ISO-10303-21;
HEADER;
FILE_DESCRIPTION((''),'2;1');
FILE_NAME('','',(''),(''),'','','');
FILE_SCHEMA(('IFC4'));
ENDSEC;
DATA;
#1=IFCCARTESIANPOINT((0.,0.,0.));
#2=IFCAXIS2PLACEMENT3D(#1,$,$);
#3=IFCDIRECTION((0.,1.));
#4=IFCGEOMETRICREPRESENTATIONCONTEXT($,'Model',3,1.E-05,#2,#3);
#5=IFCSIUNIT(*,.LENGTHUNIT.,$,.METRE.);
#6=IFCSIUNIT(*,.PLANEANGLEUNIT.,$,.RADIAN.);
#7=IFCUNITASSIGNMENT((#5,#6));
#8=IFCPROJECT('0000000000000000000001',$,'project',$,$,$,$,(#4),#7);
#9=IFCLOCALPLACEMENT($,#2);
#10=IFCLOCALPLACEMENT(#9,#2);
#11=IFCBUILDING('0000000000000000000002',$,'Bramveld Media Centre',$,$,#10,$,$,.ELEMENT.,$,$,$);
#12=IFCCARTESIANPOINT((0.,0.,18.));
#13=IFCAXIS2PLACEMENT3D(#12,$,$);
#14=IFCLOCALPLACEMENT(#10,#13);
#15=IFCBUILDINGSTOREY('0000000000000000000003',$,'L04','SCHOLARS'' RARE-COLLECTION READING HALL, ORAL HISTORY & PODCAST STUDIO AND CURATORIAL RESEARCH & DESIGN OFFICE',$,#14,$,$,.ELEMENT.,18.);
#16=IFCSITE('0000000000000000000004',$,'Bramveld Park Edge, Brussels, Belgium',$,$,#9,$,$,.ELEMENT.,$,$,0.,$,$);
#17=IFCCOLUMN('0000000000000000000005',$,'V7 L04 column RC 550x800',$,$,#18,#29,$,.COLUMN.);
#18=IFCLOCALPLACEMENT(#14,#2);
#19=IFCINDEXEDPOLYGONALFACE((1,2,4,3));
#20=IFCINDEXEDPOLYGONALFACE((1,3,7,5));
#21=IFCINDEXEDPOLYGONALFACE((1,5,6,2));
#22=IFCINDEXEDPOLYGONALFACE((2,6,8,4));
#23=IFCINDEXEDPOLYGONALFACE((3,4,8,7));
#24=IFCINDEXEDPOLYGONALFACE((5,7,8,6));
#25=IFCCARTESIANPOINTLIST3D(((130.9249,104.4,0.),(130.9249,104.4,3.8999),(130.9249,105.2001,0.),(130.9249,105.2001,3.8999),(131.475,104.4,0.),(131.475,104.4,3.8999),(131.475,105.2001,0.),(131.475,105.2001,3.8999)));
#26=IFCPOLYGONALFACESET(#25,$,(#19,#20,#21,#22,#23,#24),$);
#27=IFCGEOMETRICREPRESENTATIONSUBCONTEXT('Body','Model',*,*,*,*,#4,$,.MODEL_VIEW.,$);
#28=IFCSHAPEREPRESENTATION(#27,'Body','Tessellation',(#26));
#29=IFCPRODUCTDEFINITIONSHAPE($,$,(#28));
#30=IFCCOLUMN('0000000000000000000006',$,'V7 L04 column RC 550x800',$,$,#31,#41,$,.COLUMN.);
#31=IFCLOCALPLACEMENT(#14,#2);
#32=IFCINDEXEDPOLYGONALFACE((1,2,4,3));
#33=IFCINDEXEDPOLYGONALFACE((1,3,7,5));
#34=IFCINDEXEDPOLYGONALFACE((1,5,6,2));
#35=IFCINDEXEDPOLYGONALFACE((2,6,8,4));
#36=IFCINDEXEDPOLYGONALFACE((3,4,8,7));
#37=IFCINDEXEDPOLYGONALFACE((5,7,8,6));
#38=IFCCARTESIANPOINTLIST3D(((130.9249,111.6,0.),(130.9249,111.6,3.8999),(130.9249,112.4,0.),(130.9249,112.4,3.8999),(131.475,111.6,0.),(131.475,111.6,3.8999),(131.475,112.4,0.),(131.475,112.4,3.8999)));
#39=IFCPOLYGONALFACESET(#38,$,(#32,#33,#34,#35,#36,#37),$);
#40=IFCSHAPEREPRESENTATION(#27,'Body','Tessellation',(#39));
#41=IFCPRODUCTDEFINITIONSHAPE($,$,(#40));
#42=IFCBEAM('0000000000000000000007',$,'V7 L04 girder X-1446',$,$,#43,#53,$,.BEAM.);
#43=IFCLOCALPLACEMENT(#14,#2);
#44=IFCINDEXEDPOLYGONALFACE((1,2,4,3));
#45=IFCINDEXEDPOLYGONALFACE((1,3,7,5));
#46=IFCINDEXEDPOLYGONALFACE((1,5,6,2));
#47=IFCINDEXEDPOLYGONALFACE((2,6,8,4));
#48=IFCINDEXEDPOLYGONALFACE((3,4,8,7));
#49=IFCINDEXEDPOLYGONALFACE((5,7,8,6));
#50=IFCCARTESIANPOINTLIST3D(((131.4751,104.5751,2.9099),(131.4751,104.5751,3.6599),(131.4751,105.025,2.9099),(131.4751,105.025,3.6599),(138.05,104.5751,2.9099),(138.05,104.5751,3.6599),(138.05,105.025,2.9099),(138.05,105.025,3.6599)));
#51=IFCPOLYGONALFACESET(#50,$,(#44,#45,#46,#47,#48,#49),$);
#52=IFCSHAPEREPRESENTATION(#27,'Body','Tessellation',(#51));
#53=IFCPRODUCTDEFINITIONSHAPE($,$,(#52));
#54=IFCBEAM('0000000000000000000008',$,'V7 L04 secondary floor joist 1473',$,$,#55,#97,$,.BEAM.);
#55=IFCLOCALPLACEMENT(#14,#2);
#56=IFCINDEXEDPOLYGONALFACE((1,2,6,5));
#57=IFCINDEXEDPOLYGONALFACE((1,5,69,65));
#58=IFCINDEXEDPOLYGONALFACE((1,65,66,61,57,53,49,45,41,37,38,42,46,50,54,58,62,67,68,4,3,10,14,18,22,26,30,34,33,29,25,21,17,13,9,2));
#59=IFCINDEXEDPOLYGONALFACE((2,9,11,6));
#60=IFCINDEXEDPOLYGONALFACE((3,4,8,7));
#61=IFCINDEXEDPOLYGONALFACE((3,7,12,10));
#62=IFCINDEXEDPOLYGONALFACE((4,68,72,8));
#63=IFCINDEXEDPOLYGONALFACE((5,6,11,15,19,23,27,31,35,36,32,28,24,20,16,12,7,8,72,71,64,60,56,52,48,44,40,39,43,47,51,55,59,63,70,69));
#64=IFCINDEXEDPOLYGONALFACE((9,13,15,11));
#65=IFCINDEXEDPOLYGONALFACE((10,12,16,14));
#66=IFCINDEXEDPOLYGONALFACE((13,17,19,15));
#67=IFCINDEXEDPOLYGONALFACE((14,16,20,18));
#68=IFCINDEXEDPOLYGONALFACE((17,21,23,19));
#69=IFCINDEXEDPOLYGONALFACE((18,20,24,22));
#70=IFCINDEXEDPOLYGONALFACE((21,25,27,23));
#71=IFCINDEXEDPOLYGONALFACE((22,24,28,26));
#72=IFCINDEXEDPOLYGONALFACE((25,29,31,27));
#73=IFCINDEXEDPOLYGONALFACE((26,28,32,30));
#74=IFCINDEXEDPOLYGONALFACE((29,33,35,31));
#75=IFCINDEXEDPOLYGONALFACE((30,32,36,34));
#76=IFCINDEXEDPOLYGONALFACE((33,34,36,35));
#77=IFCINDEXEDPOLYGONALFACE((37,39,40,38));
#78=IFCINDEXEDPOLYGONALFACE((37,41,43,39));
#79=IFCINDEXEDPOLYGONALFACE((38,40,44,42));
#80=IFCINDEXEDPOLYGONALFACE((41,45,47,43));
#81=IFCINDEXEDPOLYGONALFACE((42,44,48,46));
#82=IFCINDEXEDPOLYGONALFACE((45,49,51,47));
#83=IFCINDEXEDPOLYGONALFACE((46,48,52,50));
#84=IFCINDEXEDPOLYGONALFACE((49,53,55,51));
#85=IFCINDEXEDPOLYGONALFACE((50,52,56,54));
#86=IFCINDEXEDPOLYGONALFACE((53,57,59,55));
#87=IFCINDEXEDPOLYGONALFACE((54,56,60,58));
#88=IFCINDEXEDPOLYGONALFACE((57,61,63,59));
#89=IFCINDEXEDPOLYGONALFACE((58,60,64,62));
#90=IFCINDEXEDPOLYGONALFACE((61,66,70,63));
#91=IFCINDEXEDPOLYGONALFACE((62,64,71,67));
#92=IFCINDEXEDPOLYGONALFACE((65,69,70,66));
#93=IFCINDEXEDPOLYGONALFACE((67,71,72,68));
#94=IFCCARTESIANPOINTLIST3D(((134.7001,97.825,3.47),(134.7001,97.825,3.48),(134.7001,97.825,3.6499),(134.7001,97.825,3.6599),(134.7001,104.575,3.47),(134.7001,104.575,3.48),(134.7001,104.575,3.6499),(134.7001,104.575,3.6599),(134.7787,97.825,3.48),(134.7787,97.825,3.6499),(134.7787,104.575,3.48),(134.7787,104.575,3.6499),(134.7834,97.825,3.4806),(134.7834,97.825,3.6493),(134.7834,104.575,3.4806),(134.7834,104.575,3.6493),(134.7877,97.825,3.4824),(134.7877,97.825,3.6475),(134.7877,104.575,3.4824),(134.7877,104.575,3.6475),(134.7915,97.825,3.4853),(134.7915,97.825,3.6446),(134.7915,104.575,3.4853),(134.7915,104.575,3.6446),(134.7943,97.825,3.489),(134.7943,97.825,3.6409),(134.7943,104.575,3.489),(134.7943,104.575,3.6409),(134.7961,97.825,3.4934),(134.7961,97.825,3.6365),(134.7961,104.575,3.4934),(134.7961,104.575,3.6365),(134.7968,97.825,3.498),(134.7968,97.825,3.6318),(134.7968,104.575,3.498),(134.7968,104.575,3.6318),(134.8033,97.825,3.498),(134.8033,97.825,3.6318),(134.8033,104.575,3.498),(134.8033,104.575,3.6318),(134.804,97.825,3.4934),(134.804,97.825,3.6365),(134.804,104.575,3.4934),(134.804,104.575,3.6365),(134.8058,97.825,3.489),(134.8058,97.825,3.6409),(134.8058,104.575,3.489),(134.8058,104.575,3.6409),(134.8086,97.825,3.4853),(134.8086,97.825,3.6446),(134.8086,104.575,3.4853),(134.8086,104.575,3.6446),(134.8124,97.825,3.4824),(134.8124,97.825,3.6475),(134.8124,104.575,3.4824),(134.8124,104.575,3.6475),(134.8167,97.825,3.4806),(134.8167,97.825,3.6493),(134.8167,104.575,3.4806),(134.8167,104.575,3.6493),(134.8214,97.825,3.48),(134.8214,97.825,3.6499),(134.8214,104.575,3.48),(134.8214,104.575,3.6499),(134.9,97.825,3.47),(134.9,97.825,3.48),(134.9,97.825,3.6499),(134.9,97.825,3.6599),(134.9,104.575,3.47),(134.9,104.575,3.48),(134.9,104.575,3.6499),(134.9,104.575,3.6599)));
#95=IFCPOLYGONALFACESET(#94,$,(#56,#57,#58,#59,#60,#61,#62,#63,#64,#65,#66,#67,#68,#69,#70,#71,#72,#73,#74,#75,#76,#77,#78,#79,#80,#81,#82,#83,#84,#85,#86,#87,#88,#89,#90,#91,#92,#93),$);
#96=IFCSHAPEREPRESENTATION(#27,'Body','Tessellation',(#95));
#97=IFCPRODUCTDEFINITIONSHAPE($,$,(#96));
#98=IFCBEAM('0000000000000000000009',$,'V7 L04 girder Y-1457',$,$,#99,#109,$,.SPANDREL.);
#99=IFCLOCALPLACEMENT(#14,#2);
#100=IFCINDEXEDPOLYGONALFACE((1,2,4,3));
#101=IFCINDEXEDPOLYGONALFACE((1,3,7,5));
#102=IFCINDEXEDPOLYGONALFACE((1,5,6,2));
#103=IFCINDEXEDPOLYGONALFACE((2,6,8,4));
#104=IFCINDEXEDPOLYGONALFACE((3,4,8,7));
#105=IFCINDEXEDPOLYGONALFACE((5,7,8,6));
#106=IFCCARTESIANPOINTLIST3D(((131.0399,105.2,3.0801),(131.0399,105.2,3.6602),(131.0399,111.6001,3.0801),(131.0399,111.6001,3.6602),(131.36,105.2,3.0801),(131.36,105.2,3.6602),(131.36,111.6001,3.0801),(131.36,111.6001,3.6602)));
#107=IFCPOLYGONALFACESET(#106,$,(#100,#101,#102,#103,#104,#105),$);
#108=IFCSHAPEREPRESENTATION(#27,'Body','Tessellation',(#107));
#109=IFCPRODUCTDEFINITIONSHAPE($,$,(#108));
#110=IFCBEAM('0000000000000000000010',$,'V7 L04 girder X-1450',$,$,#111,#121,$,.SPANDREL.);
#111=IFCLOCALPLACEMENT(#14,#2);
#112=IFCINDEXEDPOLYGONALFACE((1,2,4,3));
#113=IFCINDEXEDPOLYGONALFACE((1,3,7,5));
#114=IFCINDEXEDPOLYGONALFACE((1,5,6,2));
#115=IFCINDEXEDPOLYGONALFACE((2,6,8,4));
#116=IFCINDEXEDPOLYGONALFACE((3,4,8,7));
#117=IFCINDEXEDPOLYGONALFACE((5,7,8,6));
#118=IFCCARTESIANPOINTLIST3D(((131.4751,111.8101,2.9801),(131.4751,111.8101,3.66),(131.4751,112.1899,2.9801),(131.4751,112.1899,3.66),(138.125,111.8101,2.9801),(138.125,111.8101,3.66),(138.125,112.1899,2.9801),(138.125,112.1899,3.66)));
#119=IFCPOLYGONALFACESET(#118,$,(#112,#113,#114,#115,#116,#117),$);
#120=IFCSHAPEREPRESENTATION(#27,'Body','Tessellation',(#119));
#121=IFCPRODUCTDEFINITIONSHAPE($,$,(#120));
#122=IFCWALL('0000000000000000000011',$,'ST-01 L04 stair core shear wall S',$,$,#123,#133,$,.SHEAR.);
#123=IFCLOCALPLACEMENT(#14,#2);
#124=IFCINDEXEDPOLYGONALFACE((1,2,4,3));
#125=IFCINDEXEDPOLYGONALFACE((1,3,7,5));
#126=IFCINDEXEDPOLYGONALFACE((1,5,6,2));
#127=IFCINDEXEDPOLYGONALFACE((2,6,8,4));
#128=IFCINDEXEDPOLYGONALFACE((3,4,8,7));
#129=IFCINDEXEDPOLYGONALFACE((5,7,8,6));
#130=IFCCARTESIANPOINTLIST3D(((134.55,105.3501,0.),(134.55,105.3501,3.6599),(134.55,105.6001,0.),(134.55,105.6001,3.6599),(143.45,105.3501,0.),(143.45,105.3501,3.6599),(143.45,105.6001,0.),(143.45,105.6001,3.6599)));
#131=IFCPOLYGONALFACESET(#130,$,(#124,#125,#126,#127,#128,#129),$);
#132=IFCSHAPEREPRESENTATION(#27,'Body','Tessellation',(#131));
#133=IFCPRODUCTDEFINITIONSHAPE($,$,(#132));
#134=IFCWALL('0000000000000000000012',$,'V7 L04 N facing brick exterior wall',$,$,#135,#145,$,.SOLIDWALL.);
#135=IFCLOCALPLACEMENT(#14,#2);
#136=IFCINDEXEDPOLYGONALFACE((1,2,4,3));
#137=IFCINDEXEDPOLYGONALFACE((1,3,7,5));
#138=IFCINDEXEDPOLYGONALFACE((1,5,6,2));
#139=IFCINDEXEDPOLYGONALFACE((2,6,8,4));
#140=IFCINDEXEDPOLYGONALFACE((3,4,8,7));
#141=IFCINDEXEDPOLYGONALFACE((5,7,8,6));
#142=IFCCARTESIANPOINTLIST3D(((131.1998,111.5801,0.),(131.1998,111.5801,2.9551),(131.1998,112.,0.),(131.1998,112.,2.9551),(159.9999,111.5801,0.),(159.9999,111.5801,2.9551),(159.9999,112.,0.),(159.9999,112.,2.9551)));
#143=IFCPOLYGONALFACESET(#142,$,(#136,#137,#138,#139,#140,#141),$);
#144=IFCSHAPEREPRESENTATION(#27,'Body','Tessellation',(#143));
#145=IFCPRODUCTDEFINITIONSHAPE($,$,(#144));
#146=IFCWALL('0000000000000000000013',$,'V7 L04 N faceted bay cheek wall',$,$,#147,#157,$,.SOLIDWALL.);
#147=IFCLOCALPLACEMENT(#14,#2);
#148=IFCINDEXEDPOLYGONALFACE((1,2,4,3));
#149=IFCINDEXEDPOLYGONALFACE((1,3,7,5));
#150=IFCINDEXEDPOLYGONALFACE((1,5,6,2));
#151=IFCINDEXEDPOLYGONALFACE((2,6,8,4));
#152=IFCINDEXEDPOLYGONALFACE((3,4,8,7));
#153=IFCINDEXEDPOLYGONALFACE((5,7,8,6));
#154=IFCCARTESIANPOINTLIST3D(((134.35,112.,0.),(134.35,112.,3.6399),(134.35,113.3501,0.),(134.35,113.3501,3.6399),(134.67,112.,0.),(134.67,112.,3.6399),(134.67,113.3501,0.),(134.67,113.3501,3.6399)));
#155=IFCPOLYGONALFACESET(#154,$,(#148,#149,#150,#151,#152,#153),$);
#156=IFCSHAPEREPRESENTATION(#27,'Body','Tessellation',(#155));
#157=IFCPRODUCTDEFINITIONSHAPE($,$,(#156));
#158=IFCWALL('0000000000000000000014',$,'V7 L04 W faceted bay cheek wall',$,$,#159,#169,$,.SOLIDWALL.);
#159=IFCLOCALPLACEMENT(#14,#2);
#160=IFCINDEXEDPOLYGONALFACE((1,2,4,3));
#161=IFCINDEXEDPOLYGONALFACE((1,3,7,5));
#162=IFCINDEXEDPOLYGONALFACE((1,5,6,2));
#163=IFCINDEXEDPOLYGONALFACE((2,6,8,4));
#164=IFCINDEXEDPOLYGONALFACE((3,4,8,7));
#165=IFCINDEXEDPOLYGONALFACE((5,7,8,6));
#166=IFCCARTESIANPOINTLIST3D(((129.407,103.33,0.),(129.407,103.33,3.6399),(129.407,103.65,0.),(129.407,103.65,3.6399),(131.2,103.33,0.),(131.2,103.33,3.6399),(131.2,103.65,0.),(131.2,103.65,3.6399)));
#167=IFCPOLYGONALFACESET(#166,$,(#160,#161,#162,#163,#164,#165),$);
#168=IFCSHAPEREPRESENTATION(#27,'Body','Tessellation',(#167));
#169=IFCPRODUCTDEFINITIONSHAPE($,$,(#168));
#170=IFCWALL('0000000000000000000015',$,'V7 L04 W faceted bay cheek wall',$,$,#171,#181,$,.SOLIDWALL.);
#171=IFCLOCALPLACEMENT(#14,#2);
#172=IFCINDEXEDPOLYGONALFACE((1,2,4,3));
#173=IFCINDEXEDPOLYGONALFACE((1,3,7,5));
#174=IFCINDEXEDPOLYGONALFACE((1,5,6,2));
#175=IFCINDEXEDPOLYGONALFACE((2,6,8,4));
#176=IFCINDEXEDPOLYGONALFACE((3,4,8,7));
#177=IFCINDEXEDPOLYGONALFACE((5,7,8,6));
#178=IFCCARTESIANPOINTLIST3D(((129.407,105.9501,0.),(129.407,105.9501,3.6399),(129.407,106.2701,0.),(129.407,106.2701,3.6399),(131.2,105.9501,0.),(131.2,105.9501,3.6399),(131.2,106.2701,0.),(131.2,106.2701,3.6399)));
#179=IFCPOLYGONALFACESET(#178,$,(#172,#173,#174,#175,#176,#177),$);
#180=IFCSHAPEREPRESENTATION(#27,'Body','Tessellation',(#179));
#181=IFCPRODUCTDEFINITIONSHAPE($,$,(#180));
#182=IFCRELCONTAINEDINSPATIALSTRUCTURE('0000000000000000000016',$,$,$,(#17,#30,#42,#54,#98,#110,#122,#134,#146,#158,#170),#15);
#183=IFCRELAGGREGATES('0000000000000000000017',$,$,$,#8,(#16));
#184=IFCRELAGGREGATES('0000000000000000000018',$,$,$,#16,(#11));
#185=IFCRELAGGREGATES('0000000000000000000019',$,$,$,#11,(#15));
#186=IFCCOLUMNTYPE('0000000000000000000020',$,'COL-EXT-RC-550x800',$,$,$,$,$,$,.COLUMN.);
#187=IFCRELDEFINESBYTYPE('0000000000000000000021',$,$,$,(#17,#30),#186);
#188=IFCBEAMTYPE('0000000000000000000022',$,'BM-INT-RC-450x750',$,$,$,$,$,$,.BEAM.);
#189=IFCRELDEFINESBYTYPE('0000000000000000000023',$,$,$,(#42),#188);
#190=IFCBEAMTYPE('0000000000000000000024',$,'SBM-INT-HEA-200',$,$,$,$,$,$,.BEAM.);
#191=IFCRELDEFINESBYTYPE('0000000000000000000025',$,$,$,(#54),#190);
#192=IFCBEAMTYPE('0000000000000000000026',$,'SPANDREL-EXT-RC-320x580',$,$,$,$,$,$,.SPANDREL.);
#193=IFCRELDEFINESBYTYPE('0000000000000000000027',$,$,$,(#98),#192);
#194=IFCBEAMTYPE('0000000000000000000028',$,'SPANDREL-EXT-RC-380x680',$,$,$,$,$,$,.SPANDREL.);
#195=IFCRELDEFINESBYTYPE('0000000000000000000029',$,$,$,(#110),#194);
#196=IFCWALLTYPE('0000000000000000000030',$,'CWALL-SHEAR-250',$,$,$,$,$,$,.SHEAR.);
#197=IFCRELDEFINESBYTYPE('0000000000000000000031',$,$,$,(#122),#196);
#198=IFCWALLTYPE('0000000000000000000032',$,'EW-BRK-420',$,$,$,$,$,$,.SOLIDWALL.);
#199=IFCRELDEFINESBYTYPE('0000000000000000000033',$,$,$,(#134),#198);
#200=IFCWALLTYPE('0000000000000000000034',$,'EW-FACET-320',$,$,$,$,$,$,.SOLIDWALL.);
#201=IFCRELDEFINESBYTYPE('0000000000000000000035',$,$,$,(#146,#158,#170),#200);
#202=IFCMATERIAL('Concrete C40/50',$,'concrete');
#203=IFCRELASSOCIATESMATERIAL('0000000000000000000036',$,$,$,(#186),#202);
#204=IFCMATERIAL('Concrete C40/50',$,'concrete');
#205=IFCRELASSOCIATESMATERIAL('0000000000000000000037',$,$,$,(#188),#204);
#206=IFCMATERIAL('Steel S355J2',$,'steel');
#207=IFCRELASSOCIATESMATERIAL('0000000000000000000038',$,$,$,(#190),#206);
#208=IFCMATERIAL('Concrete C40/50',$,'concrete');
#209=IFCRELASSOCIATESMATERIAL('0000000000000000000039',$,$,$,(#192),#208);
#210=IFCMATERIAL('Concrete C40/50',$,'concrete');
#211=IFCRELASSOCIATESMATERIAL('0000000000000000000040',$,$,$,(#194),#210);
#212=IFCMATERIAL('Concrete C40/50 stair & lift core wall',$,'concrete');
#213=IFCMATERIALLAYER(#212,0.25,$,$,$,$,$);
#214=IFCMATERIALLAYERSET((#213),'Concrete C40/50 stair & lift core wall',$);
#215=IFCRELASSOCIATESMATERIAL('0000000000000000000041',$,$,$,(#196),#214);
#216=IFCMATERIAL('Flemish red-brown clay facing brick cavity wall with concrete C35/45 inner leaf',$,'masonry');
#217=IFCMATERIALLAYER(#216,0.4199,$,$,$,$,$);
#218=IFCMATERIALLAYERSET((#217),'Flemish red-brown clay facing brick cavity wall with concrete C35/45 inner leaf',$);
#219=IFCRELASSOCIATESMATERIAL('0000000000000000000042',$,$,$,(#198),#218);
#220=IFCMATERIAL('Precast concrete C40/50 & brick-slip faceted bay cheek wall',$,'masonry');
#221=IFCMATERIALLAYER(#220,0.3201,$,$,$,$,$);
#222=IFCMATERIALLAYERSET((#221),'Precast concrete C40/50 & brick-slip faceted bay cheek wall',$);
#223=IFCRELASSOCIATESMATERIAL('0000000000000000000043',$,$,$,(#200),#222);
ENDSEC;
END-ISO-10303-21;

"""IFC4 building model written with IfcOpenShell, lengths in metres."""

from ifc_helpers import new_model, si_unit, direction, frame, frame_2d, origin, origin_2d, place, context, subcontext, project, spatial, rectangle, i_section, extrude, material, layer, layer_set, material_profile, profile_set, type_object, element, save


model = new_model("IFC4")

# Units and contexts
model_context = context("Model", 3, precision=1e-05, world=origin(), true_north=direction((0.0, 1.0)))
body_context = subcontext(model_context, "Body", "Model", "MODEL_VIEW")
ifc_project = project(units=[si_unit("LENGTHUNIT", "METRE"), si_unit("PLANEANGLEUNIT", "RADIAN")], contexts=[model_context])

# Site, building, storey
site_placement = place(None, origin())
site = spatial("IfcSite", under=ifc_project, at=site_placement, Name="Bramveld Park Edge, Brussels, Belgium", CompositionType="ELEMENT", RefElevation=0.0)
building_placement = place(site_placement, origin())
building = spatial("IfcBuilding", under=site, at=building_placement, Name="Bramveld Media Centre", CompositionType="ELEMENT")
storey_placement = place(building_placement, frame((0.0, 0.0, 18.0)))
storey = spatial("IfcBuildingStorey", under=building, at=storey_placement, Name="L04", Description="SCHOLARS' RARE-COLLECTION READING HALL, ORAL HISTORY & PODCAST STUDIO AND CURATORIAL RESEARCH & DESIGN OFFICE", CompositionType="ELEMENT", Elevation=18.0)

# Columns
ifc_material_1 = material(Name="Concrete C40/50", Category="concrete")
ifc_material_profile_1 = material_profile(ifc_material_1, rectangle(XDim=0.55, YDim=0.8, at=origin_2d()), Name="RC 550x800")
ifc_profile_set_1 = profile_set([ifc_material_profile_1], Name="Concrete C40/50")
column_type = type_object("IfcColumnType", Name="COL-EXT-RC-550x800", PredefinedType="COLUMN", material=ifc_profile_set_1)
for number, where, z_axis, x_axis, name in (
    (1, (131.2, 104.8, 0.0), (0.0, 0.0, 1.0), (1.0, 0.0, 0.0), "V7 L04 column RC 550x800"),
    (2, (131.2, 112.0, 0.0), (0.0, 0.0, 1.0), (1.0, 0.0, 0.0), "V7 L04 column RC 550x800"),
):
    element("IfcColumn", number, at=place(storey_placement, frame(where, z_axis=z_axis, x_axis=x_axis)), inside=storey, type_object=column_type, Name=name, PredefinedType="COLUMN", context=body_context, shape_type="SweptSolid", body=[
        extrude(rectangle(XDim=0.55, YDim=0.8, at=origin_2d()), origin(), (0.0, 0.0, 1.0), 3.8999),
    ])

# Beams
ifc_material_2 = material(Name="Concrete C40/50", Category="concrete")
ifc_material_profile_2 = material_profile(ifc_material_2, rectangle(XDim=0.45, YDim=0.75, at=origin_2d()), Name="RC 450x750")
ifc_profile_set_2 = profile_set([ifc_material_profile_2], Name="Concrete C40/50")
beam_type_1 = type_object("IfcBeamType", Name="BM-INT-RC-450x750", PredefinedType="BEAM", material=ifc_profile_set_2)
beam_1_placement = place(storey_placement, frame((131.4751, 104.8, 3.2849), z_axis=(1.0, 0.0, 0.0), x_axis=(0.0, 1.0, 0.0)))
element("IfcBeam", 3, at=beam_1_placement, inside=storey, type_object=beam_type_1, Name="V7 L04 girder X-1446", PredefinedType="BEAM", context=body_context, shape_type="SweptSolid", body=[
    extrude(rectangle(XDim=0.45, YDim=0.75, at=origin_2d()), origin(), (0.0, 0.0, 1.0), 6.575),
])
ifc_material_3 = material(Name="Steel S355J2", Category="steel")
ifc_material_profile_3 = material_profile(ifc_material_3, i_section(OverallWidth=0.2, OverallDepth=0.1899, WebThickness=0.0066, FlangeThickness=0.01, FilletRadius=0.0181, at=origin_2d()), Name="HEA 200")
ifc_profile_set_3 = profile_set([ifc_material_profile_3], Name="Steel S355J2")
beam_type_2 = type_object("IfcBeamType", Name="SBM-INT-HEA-200", PredefinedType="BEAM", material=ifc_profile_set_3)
beam_2_placement = place(storey_placement, frame((134.8, 97.825, 3.5649), z_axis=(0.0, 1.0, 0.0), x_axis=(-1.0, 0.0, 0.0)))
element("IfcBeam", 4, at=beam_2_placement, inside=storey, type_object=beam_type_2, Name="V7 L04 secondary floor joist 1473", PredefinedType="BEAM", context=body_context, shape_type="SweptSolid", body=[
    extrude(i_section(OverallWidth=0.2, OverallDepth=0.1899, WebThickness=0.0066, FlangeThickness=0.01, FilletRadius=0.0181, at=origin_2d()), origin(), (0.0, 0.0, 1.0), 6.75),
])
ifc_material_4 = material(Name="Concrete C40/50", Category="concrete")
ifc_material_profile_4 = material_profile(ifc_material_4, rectangle(XDim=0.3201, YDim=0.5801, at=origin_2d()), Name="RC 320x580")
ifc_profile_set_4 = profile_set([ifc_material_profile_4], Name="Concrete C40/50")
beam_type_3 = type_object("IfcBeamType", Name="SPANDREL-EXT-RC-320x580", PredefinedType="SPANDREL", material=ifc_profile_set_4)
beam_3_placement = place(storey_placement, frame((131.2, 105.2, 3.3701), z_axis=(0.0, 1.0, 0.0), x_axis=(-1.0, 0.0, 0.0)))
element("IfcBeam", 5, at=beam_3_placement, inside=storey, type_object=beam_type_3, Name="V7 L04 girder Y-1457", PredefinedType="SPANDREL", context=body_context, shape_type="SweptSolid", body=[
    extrude(rectangle(XDim=0.3201, YDim=0.5801, at=origin_2d()), origin(), (0.0, 0.0, 1.0), 6.4001),
])
ifc_material_5 = material(Name="Concrete C40/50", Category="concrete")
ifc_material_profile_5 = material_profile(ifc_material_5, rectangle(XDim=0.3799, YDim=0.6799, at=origin_2d()), Name="RC 380x680")
ifc_profile_set_5 = profile_set([ifc_material_profile_5], Name="Concrete C40/50")
beam_type_4 = type_object("IfcBeamType", Name="SPANDREL-EXT-RC-380x680", PredefinedType="SPANDREL", material=ifc_profile_set_5)
beam_4_placement = place(storey_placement, frame((131.4751, 112.0, 3.3201), z_axis=(1.0, 0.0, 0.0), x_axis=(0.0, 1.0, 0.0)))
element("IfcBeam", 6, at=beam_4_placement, inside=storey, type_object=beam_type_4, Name="V7 L04 girder X-1450", PredefinedType="SPANDREL", context=body_context, shape_type="SweptSolid", body=[
    extrude(rectangle(XDim=0.3799, YDim=0.6799, at=origin_2d()), origin(), (0.0, 0.0, 1.0), 6.6499),
])

# Wall
ifc_material_6 = material(Name="Concrete C40/50 stair & lift core wall", Category="concrete")
ifc_layer_1 = layer(ifc_material_6, 0.25)
ifc_layer_set_1 = layer_set([ifc_layer_1], Name="Concrete C40/50 stair & lift core wall")
wall_type_1 = type_object("IfcWallType", Name="CWALL-SHEAR-250", PredefinedType="SHEAR", material=ifc_layer_set_1)
wall_1_placement = place(storey_placement, frame((134.55, 105.4751, 0.0), z_axis=(0.0, 0.0, 1.0), x_axis=(1.0, 0.0, 0.0)))
element("IfcWall", 7, at=wall_1_placement, inside=storey, type_object=wall_type_1, Name="ST-01 L04 stair core shear wall S", PredefinedType="SHEAR", context=body_context, shape_type="SweptSolid", body=[
    extrude(rectangle(XDim=8.8999, YDim=0.25, at=frame_2d((4.45, 0.0))), origin(), (0.0, 0.0, 1.0), 3.6599),
])

# Walls
ifc_material_7 = material(Name="Flemish red-brown clay facing brick cavity wall with concrete C35/45 inner leaf", Category="masonry")
ifc_layer_2 = layer(ifc_material_7, 0.4199)
ifc_layer_set_2 = layer_set([ifc_layer_2], Name="Flemish red-brown clay facing brick cavity wall with concrete C35/45 inner leaf")
wall_type_2 = type_object("IfcWallType", Name="EW-BRK-420", PredefinedType="SOLIDWALL", material=ifc_layer_set_2)
wall_2_placement = place(storey_placement, frame((131.2, 111.79, 0.0), z_axis=(0.0, 0.0, 1.0), x_axis=(1.0, 0.0, 0.0)))
element("IfcWall", 8, at=wall_2_placement, inside=storey, type_object=wall_type_2, Name="V7 L04 N facing brick exterior wall", PredefinedType="SOLIDWALL", context=body_context, shape_type="SweptSolid", body=[
    extrude(rectangle(XDim=28.8, YDim=0.4199, at=frame_2d((14.3999, 0.0))), origin(), (0.0, 0.0, 1.0), 2.9551),
])
ifc_material_8 = material(Name="Precast concrete C40/50 & brick-slip faceted bay cheek wall", Category="masonry")
ifc_layer_3 = layer(ifc_material_8, 0.3201)
ifc_layer_set_3 = layer_set([ifc_layer_3], Name="Precast concrete C40/50 & brick-slip faceted bay cheek wall")
wall_type_3 = type_object("IfcWallType", Name="EW-FACET-320", PredefinedType="SOLIDWALL", material=ifc_layer_set_3)
wall_3_placement = place(storey_placement, frame((134.51, 112.0, 0.0), z_axis=(0.0, 0.0, 1.0), x_axis=(0.0, 1.0, 0.0)))
element("IfcWall", 9, at=wall_3_placement, inside=storey, type_object=wall_type_3, Name="V7 L04 N faceted bay cheek wall", PredefinedType="SOLIDWALL", context=body_context, shape_type="SweptSolid", body=[
    extrude(rectangle(XDim=1.3501, YDim=0.3201, at=frame_2d((0.675, 0.0))), origin(), (0.0, 0.0, 1.0), 3.6399),
])
for number, where, z_axis, x_axis, name in (
    (10, (131.2, 103.49, 0.0), (0.0, 0.0, 1.0), (-1.0, 0.0, 0.0), "V7 L04 W faceted bay cheek wall"),
    (11, (131.2, 106.1101, 0.0), (0.0, 0.0, 1.0), (-1.0, 0.0, 0.0), "V7 L04 W faceted bay cheek wall"),
):
    element("IfcWall", number, at=place(storey_placement, frame(where, z_axis=z_axis, x_axis=x_axis)), inside=storey, type_object=wall_type_3, Name=name, PredefinedType="SOLIDWALL", context=body_context, shape_type="SweptSolid", body=[
        extrude(rectangle(XDim=1.793, YDim=0.3201, at=frame_2d((0.8965, 0.0))), origin(), (0.0, 0.0, 1.0), 3.6399),
    ])

save(model, "model.ifc")
